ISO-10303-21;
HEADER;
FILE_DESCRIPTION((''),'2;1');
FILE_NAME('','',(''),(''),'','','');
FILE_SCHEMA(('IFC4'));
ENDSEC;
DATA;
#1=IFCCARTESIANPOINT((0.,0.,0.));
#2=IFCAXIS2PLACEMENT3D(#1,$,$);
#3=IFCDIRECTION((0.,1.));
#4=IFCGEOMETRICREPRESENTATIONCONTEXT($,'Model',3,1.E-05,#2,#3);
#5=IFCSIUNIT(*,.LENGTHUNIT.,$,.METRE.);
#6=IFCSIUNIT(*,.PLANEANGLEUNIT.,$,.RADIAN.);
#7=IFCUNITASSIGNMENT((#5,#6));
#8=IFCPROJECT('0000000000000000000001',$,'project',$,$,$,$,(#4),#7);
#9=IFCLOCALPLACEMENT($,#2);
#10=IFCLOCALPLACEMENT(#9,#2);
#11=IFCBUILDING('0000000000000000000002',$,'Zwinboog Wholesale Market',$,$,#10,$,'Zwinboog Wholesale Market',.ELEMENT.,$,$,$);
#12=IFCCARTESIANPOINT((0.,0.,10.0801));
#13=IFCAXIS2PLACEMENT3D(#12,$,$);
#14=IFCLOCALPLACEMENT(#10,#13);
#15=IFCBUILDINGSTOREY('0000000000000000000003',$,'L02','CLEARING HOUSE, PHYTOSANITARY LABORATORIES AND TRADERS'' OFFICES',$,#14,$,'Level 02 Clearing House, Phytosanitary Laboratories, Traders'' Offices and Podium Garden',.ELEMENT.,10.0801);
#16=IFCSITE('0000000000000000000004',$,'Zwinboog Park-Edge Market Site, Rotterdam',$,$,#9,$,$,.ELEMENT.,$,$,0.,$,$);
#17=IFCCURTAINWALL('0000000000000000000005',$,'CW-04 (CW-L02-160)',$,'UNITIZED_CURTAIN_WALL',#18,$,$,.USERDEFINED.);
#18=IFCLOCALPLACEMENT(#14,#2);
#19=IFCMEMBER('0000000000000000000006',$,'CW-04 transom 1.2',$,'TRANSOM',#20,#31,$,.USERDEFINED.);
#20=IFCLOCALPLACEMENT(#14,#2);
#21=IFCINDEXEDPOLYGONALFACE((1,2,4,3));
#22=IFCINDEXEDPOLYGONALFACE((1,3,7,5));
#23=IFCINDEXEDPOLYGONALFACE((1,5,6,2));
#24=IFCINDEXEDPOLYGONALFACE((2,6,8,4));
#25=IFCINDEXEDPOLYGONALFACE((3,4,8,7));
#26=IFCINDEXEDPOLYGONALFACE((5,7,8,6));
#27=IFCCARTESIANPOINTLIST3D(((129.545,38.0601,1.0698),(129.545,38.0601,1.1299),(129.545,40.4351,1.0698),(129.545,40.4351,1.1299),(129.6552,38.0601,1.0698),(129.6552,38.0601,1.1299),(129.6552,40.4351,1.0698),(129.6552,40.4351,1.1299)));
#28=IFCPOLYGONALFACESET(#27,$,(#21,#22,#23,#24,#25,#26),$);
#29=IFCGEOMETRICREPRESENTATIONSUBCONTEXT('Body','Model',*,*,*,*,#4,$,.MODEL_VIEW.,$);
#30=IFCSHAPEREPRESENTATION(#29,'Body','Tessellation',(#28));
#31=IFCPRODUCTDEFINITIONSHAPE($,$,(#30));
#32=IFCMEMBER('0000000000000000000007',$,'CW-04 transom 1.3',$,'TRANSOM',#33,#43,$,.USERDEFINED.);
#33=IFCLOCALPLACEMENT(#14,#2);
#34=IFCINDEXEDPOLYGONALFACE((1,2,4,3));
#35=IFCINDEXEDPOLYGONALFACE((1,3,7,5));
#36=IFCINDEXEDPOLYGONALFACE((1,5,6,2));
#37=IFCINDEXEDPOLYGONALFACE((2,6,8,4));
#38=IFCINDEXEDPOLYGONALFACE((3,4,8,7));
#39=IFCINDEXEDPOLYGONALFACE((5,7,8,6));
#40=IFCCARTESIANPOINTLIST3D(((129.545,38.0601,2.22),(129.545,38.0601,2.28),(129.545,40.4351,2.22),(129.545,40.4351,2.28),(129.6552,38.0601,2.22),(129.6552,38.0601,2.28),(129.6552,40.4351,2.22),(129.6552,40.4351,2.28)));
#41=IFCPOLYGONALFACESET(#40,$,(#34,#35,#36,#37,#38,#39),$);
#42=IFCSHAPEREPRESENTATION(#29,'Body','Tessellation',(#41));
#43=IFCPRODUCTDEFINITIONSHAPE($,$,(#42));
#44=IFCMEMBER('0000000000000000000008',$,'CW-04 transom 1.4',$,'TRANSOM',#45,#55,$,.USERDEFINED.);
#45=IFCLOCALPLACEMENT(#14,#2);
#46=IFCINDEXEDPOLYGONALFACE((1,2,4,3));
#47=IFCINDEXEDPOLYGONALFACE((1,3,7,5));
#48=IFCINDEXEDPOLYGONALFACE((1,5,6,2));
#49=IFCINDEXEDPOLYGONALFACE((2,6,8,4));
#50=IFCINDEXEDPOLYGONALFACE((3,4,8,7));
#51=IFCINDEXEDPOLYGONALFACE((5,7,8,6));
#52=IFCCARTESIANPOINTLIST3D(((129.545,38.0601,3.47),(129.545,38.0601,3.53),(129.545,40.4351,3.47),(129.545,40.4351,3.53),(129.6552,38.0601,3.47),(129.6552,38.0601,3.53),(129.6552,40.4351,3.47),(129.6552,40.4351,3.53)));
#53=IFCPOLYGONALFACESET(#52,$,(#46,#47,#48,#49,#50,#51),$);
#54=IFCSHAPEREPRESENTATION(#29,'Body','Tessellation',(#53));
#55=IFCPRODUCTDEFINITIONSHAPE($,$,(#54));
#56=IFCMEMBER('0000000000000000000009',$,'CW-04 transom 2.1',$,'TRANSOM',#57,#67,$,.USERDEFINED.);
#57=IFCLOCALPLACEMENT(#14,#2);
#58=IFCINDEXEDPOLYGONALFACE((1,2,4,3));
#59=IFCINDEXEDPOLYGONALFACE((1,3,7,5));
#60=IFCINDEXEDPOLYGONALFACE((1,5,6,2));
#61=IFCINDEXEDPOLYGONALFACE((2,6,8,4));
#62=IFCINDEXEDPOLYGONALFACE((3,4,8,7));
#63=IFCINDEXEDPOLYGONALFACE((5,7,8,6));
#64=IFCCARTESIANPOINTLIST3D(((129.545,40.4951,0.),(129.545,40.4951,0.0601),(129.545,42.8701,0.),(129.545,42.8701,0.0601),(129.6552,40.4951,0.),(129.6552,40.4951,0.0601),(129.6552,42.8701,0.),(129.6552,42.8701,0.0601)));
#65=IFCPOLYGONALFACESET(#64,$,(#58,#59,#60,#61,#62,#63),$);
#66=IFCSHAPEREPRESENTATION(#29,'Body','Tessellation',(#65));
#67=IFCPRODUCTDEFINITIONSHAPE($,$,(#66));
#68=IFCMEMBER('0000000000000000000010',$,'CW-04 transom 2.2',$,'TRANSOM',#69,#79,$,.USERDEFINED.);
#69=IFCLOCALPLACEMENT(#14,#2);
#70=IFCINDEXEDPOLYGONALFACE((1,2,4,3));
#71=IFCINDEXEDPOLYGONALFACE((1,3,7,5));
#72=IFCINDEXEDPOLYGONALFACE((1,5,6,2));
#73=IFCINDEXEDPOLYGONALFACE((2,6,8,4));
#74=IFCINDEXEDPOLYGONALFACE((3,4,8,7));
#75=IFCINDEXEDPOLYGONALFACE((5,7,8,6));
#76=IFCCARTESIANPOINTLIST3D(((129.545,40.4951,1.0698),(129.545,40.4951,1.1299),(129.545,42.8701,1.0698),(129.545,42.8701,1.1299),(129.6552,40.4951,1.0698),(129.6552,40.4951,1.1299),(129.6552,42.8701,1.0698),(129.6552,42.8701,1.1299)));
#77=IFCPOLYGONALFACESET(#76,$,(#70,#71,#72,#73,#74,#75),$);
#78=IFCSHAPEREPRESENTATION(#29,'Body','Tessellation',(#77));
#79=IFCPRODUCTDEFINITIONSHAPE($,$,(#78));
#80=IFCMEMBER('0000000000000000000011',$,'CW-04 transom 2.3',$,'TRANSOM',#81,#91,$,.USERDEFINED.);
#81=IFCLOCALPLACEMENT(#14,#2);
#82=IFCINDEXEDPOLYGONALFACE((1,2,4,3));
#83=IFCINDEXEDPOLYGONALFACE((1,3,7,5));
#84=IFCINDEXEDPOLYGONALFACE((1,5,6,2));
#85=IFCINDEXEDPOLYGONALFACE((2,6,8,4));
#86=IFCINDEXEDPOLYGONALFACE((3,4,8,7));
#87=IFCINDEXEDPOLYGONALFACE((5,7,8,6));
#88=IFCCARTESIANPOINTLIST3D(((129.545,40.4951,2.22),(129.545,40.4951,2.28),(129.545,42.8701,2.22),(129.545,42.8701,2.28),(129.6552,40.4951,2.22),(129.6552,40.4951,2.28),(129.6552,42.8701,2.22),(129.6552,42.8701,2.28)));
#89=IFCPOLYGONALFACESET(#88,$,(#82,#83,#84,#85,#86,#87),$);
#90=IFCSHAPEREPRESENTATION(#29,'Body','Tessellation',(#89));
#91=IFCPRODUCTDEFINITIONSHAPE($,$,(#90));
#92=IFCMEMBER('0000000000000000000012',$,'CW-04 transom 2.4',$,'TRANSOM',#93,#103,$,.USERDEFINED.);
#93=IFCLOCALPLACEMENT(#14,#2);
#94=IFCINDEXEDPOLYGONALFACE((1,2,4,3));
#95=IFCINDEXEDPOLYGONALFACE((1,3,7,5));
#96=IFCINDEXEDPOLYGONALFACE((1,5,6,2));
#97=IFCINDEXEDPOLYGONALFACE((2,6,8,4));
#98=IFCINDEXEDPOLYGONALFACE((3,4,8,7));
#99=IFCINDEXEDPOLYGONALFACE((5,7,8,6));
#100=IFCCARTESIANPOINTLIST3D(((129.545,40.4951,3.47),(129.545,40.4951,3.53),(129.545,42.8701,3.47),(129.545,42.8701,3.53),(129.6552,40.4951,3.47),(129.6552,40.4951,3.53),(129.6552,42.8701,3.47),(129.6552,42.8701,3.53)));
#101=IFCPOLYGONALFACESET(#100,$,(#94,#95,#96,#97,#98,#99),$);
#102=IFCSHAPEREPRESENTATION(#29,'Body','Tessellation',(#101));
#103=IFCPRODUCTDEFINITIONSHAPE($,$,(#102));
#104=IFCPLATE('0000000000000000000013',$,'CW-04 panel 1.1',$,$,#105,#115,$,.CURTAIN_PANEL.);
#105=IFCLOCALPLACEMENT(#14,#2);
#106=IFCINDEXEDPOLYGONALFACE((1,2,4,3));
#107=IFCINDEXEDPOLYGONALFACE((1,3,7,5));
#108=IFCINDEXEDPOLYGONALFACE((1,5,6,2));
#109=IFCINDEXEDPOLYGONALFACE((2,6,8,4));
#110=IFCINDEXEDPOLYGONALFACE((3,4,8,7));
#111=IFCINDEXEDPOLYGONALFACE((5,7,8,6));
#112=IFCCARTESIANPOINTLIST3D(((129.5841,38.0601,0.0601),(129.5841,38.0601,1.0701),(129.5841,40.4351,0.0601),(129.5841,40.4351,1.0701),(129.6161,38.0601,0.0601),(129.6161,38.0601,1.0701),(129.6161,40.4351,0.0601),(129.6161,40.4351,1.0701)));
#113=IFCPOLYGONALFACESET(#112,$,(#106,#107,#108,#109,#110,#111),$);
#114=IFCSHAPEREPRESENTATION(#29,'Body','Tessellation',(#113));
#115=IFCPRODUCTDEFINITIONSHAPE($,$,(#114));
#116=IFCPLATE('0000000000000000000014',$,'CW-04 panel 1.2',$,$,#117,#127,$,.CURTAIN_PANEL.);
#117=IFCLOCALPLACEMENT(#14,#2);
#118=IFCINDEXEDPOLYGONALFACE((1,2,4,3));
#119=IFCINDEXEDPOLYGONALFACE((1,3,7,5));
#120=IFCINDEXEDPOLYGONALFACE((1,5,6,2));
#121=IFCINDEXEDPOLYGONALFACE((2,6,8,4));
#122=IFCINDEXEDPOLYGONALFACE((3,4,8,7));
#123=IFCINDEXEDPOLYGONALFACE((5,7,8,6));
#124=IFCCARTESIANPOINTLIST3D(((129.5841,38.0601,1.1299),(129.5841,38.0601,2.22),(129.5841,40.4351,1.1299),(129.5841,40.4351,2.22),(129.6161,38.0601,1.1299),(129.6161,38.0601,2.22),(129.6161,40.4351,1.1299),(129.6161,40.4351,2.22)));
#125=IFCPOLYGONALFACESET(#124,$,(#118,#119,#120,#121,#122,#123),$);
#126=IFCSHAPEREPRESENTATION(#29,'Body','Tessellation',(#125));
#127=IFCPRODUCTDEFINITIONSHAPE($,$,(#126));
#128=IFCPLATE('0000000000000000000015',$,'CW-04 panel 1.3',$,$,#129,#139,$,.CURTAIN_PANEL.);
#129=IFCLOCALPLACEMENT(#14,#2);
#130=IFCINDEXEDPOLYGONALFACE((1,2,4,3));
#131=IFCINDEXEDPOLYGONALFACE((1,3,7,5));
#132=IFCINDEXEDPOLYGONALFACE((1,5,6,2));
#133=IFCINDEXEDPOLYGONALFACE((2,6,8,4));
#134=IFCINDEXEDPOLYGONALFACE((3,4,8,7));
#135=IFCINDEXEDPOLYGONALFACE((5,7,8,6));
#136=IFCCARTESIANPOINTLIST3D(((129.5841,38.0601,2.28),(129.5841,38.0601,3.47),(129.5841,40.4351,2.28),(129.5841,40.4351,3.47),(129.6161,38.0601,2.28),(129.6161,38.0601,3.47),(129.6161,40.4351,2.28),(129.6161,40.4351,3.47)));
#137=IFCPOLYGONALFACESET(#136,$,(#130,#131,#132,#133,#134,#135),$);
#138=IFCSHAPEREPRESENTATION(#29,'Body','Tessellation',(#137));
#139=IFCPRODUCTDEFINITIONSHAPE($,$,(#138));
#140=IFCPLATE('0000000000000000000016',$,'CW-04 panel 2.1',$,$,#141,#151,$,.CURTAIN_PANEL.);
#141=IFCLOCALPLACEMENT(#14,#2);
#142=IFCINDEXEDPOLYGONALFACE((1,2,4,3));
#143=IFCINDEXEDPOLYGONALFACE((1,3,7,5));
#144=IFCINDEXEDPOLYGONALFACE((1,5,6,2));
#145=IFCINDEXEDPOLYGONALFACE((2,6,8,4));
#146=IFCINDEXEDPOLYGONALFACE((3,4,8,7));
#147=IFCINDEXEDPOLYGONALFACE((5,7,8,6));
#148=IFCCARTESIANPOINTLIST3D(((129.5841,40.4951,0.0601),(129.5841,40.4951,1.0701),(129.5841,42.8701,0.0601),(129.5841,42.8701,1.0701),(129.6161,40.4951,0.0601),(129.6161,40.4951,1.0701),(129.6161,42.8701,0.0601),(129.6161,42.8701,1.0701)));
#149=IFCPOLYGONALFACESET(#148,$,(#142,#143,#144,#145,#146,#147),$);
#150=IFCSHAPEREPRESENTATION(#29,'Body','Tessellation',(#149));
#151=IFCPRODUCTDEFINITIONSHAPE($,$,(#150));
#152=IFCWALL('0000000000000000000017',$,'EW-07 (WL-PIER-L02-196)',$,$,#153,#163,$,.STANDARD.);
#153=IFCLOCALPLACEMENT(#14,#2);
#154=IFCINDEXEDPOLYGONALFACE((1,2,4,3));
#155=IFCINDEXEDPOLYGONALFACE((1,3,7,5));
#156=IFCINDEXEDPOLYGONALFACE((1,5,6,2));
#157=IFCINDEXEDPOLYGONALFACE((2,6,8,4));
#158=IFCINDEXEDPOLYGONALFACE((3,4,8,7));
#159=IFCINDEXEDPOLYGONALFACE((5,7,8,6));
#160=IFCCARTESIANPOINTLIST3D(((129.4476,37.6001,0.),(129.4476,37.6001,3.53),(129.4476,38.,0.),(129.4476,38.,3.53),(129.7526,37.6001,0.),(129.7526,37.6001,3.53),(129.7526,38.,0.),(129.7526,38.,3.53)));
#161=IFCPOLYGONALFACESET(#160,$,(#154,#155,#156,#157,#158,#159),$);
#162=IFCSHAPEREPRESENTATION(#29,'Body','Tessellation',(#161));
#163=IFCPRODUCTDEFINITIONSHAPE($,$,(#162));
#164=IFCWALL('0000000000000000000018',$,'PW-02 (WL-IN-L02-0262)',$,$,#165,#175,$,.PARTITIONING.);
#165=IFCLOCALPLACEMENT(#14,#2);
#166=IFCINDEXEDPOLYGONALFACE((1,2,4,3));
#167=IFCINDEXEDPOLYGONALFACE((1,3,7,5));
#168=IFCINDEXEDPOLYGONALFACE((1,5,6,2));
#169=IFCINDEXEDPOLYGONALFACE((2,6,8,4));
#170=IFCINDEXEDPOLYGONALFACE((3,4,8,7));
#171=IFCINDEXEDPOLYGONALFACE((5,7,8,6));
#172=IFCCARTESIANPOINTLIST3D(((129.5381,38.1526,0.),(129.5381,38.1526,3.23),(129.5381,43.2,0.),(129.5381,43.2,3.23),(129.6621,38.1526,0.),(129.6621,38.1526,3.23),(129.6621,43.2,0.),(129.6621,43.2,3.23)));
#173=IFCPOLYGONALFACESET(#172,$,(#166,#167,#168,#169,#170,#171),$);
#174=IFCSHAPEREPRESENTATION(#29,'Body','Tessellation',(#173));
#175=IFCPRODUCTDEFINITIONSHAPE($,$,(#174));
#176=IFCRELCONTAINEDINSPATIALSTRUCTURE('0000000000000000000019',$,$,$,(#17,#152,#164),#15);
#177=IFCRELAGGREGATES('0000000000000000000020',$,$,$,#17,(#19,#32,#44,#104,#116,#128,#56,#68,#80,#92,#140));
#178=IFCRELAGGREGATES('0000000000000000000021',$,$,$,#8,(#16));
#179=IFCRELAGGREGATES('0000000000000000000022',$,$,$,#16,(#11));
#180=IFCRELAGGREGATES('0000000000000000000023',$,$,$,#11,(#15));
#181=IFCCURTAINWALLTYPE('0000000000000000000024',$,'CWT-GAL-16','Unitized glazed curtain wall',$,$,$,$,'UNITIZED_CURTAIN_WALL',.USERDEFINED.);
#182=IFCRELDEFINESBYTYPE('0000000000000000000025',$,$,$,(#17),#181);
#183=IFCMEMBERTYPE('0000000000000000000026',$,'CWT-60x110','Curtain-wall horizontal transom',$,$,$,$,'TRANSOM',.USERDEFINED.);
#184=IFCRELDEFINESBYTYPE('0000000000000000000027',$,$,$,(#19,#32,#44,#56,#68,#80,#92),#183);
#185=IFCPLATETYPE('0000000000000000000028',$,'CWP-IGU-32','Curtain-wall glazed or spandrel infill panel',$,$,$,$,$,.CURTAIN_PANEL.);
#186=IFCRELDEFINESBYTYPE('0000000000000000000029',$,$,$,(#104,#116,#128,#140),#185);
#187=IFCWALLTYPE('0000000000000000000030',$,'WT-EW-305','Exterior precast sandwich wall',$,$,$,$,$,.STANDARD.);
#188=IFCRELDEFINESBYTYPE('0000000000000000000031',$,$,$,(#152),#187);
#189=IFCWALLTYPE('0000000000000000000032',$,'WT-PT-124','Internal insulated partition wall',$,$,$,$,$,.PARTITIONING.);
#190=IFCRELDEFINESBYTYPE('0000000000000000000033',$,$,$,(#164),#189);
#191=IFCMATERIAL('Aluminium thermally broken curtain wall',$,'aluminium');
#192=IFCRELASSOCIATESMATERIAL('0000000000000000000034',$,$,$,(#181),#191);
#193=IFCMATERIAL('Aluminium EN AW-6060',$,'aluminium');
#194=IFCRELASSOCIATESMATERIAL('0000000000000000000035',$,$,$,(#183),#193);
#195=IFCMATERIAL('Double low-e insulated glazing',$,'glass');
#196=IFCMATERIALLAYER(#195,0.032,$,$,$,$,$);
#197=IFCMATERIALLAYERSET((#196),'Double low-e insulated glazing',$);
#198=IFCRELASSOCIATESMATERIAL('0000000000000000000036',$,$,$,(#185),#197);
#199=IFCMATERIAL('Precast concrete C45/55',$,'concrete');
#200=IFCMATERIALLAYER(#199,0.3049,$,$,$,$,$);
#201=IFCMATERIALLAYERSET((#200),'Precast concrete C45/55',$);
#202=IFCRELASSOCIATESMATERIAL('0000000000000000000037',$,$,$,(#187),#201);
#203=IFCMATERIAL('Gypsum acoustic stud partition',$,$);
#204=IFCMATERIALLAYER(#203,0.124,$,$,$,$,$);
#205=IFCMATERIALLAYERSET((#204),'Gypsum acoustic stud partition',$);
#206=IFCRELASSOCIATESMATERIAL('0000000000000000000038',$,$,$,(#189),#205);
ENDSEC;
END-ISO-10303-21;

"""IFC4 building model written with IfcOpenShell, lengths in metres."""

from ifc_helpers import new_model, si_unit, direction, frame, frame_2d, origin, origin_2d, place, context, subcontext, project, spatial, rectangle, extrude, material, layer, layer_set, material_profile, profile_set, type_object, element, aggregate, save


model = new_model("IFC4")

# Units and contexts
model_context = context("Model", 3, precision=1e-05, world=origin(), true_north=direction((0.0, 1.0)))
body_context = subcontext(model_context, "Body", "Model", "MODEL_VIEW")
ifc_project = project(units=[si_unit("LENGTHUNIT", "METRE"), si_unit("PLANEANGLEUNIT", "RADIAN")], contexts=[model_context])

# Site, building, storey
site_placement = place(None, origin())
site = spatial("IfcSite", under=ifc_project, at=site_placement, Name="Zwinboog Park-Edge Market Site, Rotterdam", CompositionType="ELEMENT", RefElevation=0.0)
building_placement = place(site_placement, origin())
building = spatial("IfcBuilding", under=site, at=building_placement, Name="Zwinboog Wholesale Market", LongName="Zwinboog Wholesale Market", CompositionType="ELEMENT")
storey_placement = place(building_placement, frame((0.0, 0.0, 10.0801)))
storey = spatial("IfcBuildingStorey", under=building, at=storey_placement, Name="L02", Description="CLEARING HOUSE, PHYTOSANITARY LABORATORIES AND TRADERS' OFFICES", LongName="Level 02 Clearing House, Phytosanitary Laboratories, Traders' Offices and Podium Garden", CompositionType="ELEMENT", Elevation=10.0801)

# Shared definitions
ifc_material_1 = material(Name="Precast concrete C45/55", Category="concrete")

# Curtain wall, members, plates
ifc_material_2 = material(Name="Aluminium thermally broken curtain wall", Category="aluminium")
curtain_wall_type = type_object("IfcCurtainWallType", Name="CWT-GAL-16", Description="Unitized glazed curtain wall", ElementType="UNITIZED_CURTAIN_WALL", PredefinedType="USERDEFINED", material=ifc_material_2)
curtain_wall_placement = place(storey_placement, origin())
curtain_wall = element("IfcCurtainWall", 1, at=curtain_wall_placement, inside=storey, type_object=curtain_wall_type, Name="CW-04 (CW-L02-160)", ObjectType="UNITIZED_CURTAIN_WALL", PredefinedType="USERDEFINED")
ifc_material_3 = material(Name="Aluminium EN AW-6060", Category="aluminium")
ifc_material_profile_1 = material_profile(ifc_material_3, rectangle(XDim=0.1101, YDim=0.0601, at=origin_2d()), Name="AL 60x110")
ifc_profile_set_1 = profile_set([ifc_material_profile_1], Name="Aluminium EN AW-6060")
member_type_1 = type_object("IfcMemberType", Name="CWT-60x110", Description="Curtain-wall horizontal transom", ElementType="TRANSOM", PredefinedType="USERDEFINED", material=ifc_profile_set_1)
member_1_placement = place(storey_placement, frame((129.6001, 38.0601, 1.0999), z_axis=(0.0, 1.0, 0.0), x_axis=(-1.0, 0.0, 0.0)))
member_1 = element("IfcMember", 2, at=member_1_placement, type_object=member_type_1, Name="CW-04 transom 1.2", ObjectType="TRANSOM", PredefinedType="USERDEFINED", context=body_context, shape_type="SweptSolid", body=[
    extrude(rectangle(XDim=0.1101, YDim=0.0601, at=origin_2d()), origin(), (0.0, 0.0, 1.0), 2.375),
])
member_2_placement = place(storey_placement, frame((129.6001, 38.0601, 2.25), z_axis=(0.0, 1.0, 0.0), x_axis=(-1.0, 0.0, 0.0)))
member_2 = element("IfcMember", 3, at=member_2_placement, type_object=member_type_1, Name="CW-04 transom 1.3", ObjectType="TRANSOM", PredefinedType="USERDEFINED", context=body_context, shape_type="SweptSolid", body=[
    extrude(rectangle(XDim=0.1101, YDim=0.0601, at=origin_2d()), origin(), (0.0, 0.0, 1.0), 2.375),
])
member_3_placement = place(storey_placement, frame((129.6001, 38.0601, 3.5), z_axis=(0.0, 1.0, 0.0), x_axis=(-1.0, 0.0, 0.0)))
member_3 = element("IfcMember", 4, at=member_3_placement, type_object=member_type_1, Name="CW-04 transom 1.4", ObjectType="TRANSOM", PredefinedType="USERDEFINED", context=body_context, shape_type="SweptSolid", body=[
    extrude(rectangle(XDim=0.1101, YDim=0.0601, at=origin_2d()), origin(), (0.0, 0.0, 1.0), 2.375),
])
member_4_placement = place(storey_placement, frame((129.6001, 40.4951, 0.03), z_axis=(0.0, 1.0, 0.0), x_axis=(-1.0, 0.0, 0.0)))
member_4 = element("IfcMember", 5, at=member_4_placement, type_object=member_type_1, Name="CW-04 transom 2.1", ObjectType="TRANSOM", PredefinedType="USERDEFINED", context=body_context, shape_type="SweptSolid", body=[
    extrude(rectangle(XDim=0.1101, YDim=0.0601, at=origin_2d()), origin(), (0.0, 0.0, 1.0), 2.375),
])
member_5_placement = place(storey_placement, frame((129.6001, 40.4951, 1.0999), z_axis=(0.0, 1.0, 0.0), x_axis=(-1.0, 0.0, 0.0)))
member_5 = element("IfcMember", 6, at=member_5_placement, type_object=member_type_1, Name="CW-04 transom 2.2", ObjectType="TRANSOM", PredefinedType="USERDEFINED", context=body_context, shape_type="SweptSolid", body=[
    extrude(rectangle(XDim=0.1101, YDim=0.0601, at=origin_2d()), origin(), (0.0, 0.0, 1.0), 2.375),
])
member_6_placement = place(storey_placement, frame((129.6001, 40.4951, 2.25), z_axis=(0.0, 1.0, 0.0), x_axis=(-1.0, 0.0, 0.0)))
member_6 = element("IfcMember", 7, at=member_6_placement, type_object=member_type_1, Name="CW-04 transom 2.3", ObjectType="TRANSOM", PredefinedType="USERDEFINED", context=body_context, shape_type="SweptSolid", body=[
    extrude(rectangle(XDim=0.1101, YDim=0.0601, at=origin_2d()), origin(), (0.0, 0.0, 1.0), 2.375),
])
member_7_placement = place(storey_placement, frame((129.6001, 40.4951, 3.5), z_axis=(0.0, 1.0, 0.0), x_axis=(-1.0, 0.0, 0.0)))
member_7 = element("IfcMember", 8, at=member_7_placement, type_object=member_type_1, Name="CW-04 transom 2.4", ObjectType="TRANSOM", PredefinedType="USERDEFINED", context=body_context, shape_type="SweptSolid", body=[
    extrude(rectangle(XDim=0.1101, YDim=0.0601, at=origin_2d()), origin(), (0.0, 0.0, 1.0), 2.375),
])
ifc_material_4 = material(Name="Double low-e insulated glazing", Category="glass")
ifc_layer_1 = layer(ifc_material_4, 0.032)
ifc_layer_set_1 = layer_set([ifc_layer_1], Name="Double low-e insulated glazing")
plate_type = type_object("IfcPlateType", Name="CWP-IGU-32", Description="Curtain-wall glazed or spandrel infill panel", PredefinedType="CURTAIN_PANEL", material=ifc_layer_set_1)
plate_1_placement = place(storey_placement, frame((129.6001, 39.2476, 0.0601), z_axis=(0.0, 0.0, 1.0), x_axis=(0.0, 1.0, 0.0)))
plate_1 = element("IfcPlate", 9, at=plate_1_placement, type_object=plate_type, Name="CW-04 panel 1.1", PredefinedType="CURTAIN_PANEL", context=body_context, shape_type="SweptSolid", body=[
    extrude(rectangle(XDim=2.375, YDim=0.032, at=origin_2d()), origin(), (0.0, 0.0, 1.0), 1.01),
])
plate_2_placement = place(storey_placement, frame((129.6001, 39.2476, 1.1299), z_axis=(0.0, 0.0, 1.0), x_axis=(0.0, 1.0, 0.0)))
plate_2 = element("IfcPlate", 10, at=plate_2_placement, type_object=plate_type, Name="CW-04 panel 1.2", PredefinedType="CURTAIN_PANEL", context=body_context, shape_type="SweptSolid", body=[
    extrude(rectangle(XDim=2.375, YDim=0.032, at=origin_2d()), origin(), (0.0, 0.0, 1.0), 1.0901),
])
plate_3_placement = place(storey_placement, frame((129.6001, 39.2476, 2.28), z_axis=(0.0, 0.0, 1.0), x_axis=(0.0, 1.0, 0.0)))
plate_3 = element("IfcPlate", 11, at=plate_3_placement, type_object=plate_type, Name="CW-04 panel 1.3", PredefinedType="CURTAIN_PANEL", context=body_context, shape_type="SweptSolid", body=[
    extrude(rectangle(XDim=2.375, YDim=0.032, at=origin_2d()), origin(), (0.0, 0.0, 1.0), 1.1899),
])
plate_4_placement = place(storey_placement, frame((129.6001, 41.6826, 0.0601), z_axis=(0.0, 0.0, 1.0), x_axis=(0.0, 1.0, 0.0)))
plate_4 = element("IfcPlate", 12, at=plate_4_placement, type_object=plate_type, Name="CW-04 panel 2.1", PredefinedType="CURTAIN_PANEL", context=body_context, shape_type="SweptSolid", body=[
    extrude(rectangle(XDim=2.375, YDim=0.032, at=origin_2d()), origin(), (0.0, 0.0, 1.0), 1.01),
])
aggregate(curtain_wall, [member_1, member_2, member_3, plate_1, plate_2, plate_3, member_4, member_5, member_6, member_7, plate_4])

# Walls
ifc_layer_2 = layer(ifc_material_1, 0.3049)
ifc_layer_set_2 = layer_set([ifc_layer_2], Name="Precast concrete C45/55")
wall_type_1 = type_object("IfcWallType", Name="WT-EW-305", Description="Exterior precast sandwich wall", PredefinedType="STANDARD", material=ifc_layer_set_2)
wall_1_placement = place(storey_placement, frame((129.6001, 37.6001, 0.0), z_axis=(0.0, 0.0, 1.0), x_axis=(0.0, 1.0, 0.0)))
element("IfcWall", 13, at=wall_1_placement, inside=storey, type_object=wall_type_1, Name="EW-07 (WL-PIER-L02-196)", PredefinedType="STANDARD", context=body_context, shape_type="SweptSolid", body=[
    extrude(rectangle(XDim=0.3999, YDim=0.3049, at=frame_2d((0.2, 0.0))), origin(), (0.0, 0.0, 1.0), 3.53),
])
ifc_material_5 = material(Name="Gypsum acoustic stud partition")
ifc_layer_3 = layer(ifc_material_5, 0.124)
ifc_layer_set_3 = layer_set([ifc_layer_3], Name="Gypsum acoustic stud partition")
wall_type_2 = type_object("IfcWallType", Name="WT-PT-124", Description="Internal insulated partition wall", PredefinedType="PARTITIONING", material=ifc_layer_set_3)
wall_2_placement = place(storey_placement, frame((129.6001, 38.1526, 0.0), z_axis=(0.0, 0.0, 1.0), x_axis=(0.0, 1.0, 0.0)))
element("IfcWall", 14, at=wall_2_placement, inside=storey, type_object=wall_type_2, Name="PW-02 (WL-IN-L02-0262)", PredefinedType="PARTITIONING", context=body_context, shape_type="SweptSolid", body=[
    extrude(rectangle(XDim=5.0474, YDim=0.124, at=frame_2d((2.5237, 0.0))), origin(), (0.0, 0.0, 1.0), 3.23),
])

save(model, "model.ifc")
